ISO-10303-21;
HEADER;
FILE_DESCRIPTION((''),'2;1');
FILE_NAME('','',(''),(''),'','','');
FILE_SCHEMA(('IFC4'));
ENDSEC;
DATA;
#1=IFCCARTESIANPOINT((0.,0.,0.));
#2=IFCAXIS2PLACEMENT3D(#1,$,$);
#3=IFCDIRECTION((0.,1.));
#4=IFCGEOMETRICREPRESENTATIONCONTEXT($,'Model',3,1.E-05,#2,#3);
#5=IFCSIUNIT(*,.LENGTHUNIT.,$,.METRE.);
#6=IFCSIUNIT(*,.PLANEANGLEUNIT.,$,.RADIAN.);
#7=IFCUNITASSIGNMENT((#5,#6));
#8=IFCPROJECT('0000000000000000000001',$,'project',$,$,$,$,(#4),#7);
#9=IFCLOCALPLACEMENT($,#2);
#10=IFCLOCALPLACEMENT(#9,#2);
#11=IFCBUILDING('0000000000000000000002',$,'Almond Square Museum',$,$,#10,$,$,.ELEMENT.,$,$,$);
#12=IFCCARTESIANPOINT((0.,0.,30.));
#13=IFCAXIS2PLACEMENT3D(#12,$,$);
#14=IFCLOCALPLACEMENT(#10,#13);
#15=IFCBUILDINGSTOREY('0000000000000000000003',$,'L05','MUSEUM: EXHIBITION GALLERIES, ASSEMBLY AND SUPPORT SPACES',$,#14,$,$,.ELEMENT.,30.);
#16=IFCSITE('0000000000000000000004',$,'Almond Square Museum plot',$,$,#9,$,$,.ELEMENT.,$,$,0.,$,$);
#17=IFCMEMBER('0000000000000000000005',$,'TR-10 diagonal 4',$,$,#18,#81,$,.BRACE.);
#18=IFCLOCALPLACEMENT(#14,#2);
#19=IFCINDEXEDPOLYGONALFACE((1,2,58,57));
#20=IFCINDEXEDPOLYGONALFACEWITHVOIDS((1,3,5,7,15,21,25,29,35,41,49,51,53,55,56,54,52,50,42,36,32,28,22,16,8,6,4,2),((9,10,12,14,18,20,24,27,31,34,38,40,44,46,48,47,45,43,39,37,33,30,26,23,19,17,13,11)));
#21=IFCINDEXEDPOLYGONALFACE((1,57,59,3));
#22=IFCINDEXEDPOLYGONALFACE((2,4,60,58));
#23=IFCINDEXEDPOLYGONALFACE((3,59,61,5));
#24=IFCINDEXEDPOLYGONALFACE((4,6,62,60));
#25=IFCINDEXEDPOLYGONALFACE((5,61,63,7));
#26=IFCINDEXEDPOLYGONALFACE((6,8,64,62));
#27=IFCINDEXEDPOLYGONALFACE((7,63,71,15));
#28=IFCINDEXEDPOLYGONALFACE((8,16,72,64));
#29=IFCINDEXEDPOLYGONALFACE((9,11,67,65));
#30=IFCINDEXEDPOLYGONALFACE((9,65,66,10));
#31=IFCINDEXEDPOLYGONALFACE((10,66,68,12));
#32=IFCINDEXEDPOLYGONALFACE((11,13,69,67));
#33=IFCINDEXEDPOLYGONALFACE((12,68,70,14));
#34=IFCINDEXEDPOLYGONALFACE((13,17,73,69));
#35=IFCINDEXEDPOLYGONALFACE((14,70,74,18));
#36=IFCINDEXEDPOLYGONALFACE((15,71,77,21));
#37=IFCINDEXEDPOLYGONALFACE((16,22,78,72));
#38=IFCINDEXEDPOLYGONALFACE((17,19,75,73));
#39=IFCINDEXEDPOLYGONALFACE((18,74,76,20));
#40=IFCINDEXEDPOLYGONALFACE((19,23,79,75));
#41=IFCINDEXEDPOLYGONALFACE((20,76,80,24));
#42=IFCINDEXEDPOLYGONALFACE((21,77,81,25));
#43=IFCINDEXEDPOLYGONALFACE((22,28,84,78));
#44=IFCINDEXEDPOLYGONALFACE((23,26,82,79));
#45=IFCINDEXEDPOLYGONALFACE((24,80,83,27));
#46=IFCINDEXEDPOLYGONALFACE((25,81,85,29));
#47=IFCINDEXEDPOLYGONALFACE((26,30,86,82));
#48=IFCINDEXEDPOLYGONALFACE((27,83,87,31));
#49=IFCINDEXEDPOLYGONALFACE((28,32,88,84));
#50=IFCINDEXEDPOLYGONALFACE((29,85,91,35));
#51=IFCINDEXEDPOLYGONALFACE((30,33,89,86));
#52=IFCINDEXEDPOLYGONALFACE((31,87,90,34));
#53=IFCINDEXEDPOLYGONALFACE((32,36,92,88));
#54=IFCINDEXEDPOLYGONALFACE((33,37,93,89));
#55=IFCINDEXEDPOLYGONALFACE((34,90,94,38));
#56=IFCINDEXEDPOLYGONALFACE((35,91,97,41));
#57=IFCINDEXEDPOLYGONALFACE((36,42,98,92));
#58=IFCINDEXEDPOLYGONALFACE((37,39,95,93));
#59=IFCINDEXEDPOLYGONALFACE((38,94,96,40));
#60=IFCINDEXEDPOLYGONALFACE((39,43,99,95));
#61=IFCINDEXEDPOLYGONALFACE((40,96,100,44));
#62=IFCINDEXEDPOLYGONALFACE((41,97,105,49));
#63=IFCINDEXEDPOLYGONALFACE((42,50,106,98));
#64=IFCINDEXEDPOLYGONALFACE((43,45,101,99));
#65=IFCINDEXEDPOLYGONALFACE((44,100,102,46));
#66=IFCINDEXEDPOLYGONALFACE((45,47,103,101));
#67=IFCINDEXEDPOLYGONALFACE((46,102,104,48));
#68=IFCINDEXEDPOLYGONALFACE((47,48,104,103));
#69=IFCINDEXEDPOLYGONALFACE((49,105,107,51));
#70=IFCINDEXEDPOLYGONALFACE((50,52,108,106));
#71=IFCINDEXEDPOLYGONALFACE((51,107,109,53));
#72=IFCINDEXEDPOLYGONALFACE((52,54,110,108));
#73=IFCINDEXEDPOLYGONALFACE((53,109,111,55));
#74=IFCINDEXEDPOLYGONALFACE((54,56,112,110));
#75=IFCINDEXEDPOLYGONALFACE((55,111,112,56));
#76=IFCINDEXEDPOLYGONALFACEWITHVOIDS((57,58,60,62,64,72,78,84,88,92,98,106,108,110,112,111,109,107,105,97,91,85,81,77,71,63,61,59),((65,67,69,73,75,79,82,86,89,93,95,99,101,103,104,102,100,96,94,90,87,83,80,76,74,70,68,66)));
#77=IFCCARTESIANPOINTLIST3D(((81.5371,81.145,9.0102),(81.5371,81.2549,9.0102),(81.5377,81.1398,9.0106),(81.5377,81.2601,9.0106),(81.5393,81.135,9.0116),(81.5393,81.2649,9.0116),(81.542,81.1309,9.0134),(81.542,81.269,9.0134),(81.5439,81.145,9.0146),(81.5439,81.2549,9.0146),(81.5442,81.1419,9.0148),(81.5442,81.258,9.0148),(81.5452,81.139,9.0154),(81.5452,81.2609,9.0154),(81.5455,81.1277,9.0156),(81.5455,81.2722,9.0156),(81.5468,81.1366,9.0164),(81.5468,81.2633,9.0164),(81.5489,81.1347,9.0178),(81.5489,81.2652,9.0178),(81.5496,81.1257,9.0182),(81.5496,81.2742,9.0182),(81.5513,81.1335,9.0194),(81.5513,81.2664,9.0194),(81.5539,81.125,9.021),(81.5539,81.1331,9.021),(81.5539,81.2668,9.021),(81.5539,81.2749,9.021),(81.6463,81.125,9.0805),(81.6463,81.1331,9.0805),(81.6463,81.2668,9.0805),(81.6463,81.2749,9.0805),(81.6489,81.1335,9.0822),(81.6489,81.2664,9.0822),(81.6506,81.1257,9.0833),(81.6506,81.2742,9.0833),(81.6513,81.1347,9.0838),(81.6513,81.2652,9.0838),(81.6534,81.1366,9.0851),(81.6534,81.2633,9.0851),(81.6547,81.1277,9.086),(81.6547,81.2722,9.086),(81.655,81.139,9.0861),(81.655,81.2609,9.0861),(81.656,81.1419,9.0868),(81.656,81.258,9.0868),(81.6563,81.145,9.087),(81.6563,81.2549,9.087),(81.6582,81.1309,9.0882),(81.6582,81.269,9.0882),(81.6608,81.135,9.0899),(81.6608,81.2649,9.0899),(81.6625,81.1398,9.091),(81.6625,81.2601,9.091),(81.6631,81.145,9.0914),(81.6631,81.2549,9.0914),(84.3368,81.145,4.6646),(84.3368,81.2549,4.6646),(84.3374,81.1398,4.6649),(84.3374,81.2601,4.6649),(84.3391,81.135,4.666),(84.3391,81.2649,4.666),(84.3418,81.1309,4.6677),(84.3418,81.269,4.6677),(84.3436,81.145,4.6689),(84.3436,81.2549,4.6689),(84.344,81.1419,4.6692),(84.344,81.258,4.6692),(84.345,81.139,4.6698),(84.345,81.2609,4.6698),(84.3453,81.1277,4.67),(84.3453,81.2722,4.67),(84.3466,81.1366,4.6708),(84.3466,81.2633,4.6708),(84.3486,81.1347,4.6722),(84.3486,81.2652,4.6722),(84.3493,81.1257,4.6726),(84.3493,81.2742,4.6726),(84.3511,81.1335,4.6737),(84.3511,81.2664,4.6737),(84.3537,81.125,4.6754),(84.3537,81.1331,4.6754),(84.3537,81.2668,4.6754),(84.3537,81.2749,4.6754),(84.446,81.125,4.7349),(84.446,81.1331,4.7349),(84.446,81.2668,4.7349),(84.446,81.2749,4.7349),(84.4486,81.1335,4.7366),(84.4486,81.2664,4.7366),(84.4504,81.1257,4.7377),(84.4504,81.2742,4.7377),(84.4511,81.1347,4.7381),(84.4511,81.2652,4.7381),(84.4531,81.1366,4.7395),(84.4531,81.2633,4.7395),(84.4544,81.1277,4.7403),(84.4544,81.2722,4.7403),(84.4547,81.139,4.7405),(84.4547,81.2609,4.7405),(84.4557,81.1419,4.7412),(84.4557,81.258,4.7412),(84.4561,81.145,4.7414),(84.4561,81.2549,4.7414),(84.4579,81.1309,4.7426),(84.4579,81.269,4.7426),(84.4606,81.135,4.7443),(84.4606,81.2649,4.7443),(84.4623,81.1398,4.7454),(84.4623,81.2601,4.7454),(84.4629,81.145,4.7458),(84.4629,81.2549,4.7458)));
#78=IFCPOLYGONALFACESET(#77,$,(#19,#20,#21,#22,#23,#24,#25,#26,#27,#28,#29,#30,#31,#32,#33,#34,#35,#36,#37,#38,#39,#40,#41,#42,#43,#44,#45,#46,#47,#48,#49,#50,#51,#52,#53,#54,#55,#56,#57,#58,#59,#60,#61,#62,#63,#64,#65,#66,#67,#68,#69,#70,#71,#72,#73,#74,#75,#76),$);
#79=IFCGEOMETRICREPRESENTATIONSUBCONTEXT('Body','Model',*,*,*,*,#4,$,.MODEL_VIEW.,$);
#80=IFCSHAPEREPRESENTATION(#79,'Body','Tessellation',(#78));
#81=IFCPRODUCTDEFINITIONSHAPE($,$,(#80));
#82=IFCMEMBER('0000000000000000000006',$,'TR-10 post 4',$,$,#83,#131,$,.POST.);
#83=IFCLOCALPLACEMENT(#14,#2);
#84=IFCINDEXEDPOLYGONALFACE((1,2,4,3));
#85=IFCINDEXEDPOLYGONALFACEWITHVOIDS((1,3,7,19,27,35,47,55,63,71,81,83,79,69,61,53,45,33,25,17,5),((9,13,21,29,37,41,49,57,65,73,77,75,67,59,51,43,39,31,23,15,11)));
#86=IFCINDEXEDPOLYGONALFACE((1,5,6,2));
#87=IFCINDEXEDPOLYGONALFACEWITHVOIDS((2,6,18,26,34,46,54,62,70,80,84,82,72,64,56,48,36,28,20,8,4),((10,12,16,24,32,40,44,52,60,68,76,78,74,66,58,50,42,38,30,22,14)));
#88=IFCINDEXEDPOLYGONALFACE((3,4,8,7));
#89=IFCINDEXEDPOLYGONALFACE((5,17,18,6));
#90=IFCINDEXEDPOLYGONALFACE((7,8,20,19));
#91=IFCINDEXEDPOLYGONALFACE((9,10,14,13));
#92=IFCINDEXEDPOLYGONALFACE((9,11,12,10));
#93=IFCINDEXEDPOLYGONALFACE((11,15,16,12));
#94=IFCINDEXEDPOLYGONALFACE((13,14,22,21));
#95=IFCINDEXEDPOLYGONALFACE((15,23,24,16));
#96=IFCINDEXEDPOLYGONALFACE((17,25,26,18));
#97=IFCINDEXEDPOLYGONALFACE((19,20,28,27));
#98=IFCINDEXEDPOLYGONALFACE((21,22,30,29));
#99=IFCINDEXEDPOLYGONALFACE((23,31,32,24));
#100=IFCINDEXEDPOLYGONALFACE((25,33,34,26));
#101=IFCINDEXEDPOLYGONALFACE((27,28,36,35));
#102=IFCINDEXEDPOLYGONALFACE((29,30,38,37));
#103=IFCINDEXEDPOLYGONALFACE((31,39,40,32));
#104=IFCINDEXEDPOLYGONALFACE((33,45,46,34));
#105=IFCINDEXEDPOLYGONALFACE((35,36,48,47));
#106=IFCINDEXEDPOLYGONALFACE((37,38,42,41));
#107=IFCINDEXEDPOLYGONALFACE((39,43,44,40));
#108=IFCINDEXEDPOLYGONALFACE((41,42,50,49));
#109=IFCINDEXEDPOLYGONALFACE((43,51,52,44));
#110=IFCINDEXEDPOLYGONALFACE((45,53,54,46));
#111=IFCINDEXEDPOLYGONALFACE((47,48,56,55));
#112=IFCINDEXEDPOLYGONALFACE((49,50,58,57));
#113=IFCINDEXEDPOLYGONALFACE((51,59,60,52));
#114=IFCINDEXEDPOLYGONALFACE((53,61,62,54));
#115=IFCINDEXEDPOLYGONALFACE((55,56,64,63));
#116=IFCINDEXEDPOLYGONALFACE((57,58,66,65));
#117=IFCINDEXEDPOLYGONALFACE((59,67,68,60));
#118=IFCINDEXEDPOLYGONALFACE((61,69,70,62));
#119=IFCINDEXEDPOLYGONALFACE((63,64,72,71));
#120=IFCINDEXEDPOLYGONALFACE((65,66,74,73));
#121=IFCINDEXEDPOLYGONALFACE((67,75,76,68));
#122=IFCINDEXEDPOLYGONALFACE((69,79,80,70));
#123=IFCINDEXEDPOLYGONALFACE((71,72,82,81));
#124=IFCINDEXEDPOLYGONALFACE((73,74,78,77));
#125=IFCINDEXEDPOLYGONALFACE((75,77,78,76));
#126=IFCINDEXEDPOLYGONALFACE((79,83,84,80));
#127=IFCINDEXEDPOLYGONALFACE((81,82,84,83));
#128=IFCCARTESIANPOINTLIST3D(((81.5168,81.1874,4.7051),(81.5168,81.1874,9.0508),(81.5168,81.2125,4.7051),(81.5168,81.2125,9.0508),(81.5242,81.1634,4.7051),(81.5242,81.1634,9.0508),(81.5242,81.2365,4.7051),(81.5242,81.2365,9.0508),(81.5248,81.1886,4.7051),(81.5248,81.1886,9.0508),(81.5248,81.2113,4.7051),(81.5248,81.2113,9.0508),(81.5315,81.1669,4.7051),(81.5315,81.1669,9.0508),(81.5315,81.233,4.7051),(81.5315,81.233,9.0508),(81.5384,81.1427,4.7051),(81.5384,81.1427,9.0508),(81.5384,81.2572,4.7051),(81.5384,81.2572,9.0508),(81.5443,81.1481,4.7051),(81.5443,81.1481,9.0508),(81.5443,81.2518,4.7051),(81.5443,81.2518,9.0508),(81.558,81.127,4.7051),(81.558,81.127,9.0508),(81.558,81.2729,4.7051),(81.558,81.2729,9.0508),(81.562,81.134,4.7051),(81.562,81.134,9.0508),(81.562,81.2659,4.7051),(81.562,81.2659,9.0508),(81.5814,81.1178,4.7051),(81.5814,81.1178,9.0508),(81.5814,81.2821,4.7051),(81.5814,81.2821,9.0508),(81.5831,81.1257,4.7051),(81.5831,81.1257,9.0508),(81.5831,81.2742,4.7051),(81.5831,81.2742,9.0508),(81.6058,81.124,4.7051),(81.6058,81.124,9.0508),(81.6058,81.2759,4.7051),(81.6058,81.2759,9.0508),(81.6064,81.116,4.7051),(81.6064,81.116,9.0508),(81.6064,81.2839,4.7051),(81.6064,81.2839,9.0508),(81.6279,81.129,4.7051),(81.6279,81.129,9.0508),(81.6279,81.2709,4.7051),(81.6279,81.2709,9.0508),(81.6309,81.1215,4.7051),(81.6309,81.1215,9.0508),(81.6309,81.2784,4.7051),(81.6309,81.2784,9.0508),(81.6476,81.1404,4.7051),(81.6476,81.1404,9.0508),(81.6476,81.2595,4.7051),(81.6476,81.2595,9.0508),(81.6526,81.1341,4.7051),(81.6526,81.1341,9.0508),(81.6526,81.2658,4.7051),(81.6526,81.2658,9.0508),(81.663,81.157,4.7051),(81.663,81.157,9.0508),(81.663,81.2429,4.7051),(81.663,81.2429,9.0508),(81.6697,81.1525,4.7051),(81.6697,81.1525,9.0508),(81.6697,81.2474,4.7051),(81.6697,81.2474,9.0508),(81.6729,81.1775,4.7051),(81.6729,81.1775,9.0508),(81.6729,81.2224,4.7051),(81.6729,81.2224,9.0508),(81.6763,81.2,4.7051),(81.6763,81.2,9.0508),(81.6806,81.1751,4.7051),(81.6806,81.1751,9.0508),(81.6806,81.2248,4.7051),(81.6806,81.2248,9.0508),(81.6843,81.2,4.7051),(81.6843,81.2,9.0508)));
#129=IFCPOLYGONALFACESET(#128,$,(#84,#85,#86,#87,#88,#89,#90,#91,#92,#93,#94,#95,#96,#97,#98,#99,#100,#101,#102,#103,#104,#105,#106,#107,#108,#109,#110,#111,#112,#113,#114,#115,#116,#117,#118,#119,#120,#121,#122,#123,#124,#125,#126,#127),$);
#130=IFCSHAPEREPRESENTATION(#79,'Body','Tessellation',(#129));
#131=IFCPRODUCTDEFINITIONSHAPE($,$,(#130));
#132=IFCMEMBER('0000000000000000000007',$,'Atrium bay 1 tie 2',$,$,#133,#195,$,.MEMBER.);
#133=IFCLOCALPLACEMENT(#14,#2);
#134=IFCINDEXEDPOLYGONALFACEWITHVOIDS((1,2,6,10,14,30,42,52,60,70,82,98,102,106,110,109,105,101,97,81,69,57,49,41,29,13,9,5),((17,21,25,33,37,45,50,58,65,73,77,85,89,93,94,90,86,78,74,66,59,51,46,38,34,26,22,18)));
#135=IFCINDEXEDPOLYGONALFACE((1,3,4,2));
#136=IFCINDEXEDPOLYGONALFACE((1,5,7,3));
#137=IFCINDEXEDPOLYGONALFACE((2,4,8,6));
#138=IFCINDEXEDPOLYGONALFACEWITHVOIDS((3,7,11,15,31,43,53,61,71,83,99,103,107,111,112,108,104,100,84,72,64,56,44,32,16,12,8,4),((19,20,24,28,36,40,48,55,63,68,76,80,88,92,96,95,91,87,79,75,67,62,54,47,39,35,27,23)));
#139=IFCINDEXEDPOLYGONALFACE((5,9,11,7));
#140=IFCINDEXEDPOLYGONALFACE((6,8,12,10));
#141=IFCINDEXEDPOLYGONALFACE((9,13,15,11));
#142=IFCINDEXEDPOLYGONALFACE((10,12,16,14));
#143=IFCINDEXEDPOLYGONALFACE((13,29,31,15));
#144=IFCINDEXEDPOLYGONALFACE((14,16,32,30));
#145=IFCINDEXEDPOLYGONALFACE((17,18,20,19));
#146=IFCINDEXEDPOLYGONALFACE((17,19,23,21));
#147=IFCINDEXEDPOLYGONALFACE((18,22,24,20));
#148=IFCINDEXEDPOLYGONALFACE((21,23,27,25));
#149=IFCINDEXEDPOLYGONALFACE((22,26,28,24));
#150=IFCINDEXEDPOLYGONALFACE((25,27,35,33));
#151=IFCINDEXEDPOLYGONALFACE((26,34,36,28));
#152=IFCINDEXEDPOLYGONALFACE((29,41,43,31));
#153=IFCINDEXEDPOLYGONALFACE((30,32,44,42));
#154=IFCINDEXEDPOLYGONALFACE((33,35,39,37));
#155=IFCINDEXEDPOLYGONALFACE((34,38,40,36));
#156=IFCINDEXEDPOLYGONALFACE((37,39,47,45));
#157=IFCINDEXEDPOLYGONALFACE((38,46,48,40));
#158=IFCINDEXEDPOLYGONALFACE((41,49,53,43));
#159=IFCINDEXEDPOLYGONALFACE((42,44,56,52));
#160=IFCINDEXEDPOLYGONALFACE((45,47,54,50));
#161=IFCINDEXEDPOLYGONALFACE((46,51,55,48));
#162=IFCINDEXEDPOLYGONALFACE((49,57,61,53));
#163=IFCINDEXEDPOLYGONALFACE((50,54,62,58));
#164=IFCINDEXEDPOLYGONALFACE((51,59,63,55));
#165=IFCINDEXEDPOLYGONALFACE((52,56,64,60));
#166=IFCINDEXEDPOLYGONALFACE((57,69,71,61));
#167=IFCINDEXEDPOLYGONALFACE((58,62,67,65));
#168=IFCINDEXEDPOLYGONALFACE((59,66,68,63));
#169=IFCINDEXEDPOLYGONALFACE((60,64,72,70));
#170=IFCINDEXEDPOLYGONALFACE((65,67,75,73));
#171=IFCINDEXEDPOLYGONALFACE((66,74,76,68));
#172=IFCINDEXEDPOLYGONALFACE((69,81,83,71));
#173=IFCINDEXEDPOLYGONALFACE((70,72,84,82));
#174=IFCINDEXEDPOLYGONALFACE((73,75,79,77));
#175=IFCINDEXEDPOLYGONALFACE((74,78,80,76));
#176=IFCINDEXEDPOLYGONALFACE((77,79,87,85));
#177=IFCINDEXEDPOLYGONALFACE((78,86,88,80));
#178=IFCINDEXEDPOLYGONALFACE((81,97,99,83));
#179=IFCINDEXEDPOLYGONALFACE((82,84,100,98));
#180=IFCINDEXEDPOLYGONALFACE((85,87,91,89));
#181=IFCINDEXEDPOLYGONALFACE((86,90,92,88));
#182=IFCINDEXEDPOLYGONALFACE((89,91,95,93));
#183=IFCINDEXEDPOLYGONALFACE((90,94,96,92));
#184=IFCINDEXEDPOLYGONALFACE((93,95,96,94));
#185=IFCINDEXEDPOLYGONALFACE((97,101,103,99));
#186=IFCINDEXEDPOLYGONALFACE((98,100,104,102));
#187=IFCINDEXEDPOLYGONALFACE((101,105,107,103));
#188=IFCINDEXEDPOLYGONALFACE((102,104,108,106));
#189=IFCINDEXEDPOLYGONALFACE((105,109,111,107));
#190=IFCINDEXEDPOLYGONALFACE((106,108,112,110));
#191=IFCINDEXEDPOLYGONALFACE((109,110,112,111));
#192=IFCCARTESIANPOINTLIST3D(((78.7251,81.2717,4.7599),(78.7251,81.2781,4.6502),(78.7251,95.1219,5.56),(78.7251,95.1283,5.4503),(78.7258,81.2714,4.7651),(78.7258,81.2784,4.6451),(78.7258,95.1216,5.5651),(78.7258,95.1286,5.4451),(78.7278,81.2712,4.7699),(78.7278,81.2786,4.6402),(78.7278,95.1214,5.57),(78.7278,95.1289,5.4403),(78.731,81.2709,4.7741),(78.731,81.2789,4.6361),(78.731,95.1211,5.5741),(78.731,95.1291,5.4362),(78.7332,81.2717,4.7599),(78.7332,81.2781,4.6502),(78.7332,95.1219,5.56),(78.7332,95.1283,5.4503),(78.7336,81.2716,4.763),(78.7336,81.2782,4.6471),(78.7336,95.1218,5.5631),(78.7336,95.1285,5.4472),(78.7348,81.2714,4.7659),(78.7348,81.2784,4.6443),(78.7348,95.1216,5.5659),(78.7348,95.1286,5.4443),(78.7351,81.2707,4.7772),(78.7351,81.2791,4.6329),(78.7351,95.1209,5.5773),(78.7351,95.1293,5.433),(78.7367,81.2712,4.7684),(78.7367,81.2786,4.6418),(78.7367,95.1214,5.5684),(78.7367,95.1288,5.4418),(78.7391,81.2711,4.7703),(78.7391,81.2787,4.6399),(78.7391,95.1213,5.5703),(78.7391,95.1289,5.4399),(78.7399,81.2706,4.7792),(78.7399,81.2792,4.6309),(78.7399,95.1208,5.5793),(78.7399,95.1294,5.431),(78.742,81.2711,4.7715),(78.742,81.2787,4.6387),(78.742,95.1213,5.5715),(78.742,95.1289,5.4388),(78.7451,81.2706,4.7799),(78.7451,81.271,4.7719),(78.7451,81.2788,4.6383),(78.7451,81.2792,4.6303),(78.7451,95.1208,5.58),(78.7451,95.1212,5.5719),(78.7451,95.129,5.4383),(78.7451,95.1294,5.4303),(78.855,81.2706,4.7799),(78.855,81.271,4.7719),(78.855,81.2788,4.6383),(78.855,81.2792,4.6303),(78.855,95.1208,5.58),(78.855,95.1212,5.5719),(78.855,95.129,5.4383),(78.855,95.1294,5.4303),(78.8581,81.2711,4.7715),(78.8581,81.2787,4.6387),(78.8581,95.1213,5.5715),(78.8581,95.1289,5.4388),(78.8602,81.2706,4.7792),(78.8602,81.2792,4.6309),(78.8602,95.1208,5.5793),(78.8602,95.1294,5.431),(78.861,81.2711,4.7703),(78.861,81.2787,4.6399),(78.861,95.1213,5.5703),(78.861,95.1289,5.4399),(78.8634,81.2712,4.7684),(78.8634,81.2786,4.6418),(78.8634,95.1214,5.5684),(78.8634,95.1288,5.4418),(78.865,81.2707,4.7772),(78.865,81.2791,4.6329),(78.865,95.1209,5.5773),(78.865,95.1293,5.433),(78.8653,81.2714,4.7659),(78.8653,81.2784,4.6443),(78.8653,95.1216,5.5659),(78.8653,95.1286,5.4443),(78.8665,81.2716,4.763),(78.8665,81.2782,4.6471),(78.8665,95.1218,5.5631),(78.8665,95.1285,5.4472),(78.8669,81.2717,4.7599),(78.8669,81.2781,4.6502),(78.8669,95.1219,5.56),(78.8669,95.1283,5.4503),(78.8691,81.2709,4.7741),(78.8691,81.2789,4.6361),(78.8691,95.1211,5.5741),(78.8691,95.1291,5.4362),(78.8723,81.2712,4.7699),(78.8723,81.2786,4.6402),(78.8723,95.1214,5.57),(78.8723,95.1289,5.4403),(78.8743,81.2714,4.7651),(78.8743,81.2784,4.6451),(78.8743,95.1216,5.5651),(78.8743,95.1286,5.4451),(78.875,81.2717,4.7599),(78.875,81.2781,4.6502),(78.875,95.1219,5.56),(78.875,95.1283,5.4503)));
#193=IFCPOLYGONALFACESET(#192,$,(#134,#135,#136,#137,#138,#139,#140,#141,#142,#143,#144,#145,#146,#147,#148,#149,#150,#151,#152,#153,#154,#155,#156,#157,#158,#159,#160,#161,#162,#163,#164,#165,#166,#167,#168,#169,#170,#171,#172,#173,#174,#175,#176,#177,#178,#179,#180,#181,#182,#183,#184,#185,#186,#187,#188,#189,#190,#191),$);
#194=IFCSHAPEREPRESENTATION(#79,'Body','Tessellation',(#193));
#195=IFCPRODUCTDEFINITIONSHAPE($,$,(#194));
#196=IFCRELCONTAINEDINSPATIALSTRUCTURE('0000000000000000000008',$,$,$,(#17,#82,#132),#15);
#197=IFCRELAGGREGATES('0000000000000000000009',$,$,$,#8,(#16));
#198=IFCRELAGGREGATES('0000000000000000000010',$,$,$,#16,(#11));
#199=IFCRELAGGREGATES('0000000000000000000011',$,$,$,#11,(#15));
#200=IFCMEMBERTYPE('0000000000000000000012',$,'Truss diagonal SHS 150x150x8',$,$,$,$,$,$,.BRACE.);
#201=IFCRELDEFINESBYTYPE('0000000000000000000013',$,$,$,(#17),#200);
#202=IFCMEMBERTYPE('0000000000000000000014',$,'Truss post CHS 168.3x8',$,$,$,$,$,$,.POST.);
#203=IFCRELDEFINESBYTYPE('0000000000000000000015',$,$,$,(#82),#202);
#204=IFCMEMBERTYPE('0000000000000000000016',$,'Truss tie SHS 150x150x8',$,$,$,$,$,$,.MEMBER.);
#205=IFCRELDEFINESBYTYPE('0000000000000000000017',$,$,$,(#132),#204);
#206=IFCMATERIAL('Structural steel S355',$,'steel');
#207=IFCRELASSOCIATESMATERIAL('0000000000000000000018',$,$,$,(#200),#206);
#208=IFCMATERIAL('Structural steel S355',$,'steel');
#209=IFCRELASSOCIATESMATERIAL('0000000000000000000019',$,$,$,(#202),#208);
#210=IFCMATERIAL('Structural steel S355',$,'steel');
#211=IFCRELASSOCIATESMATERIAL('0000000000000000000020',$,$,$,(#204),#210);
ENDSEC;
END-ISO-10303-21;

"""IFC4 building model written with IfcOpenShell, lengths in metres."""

from ifc_helpers import new_model, si_unit, direction, frame, origin, origin_2d, place, context, subcontext, project, spatial, hollow_rectangle, hollow_circle, extrude, material, material_profile, profile_set, type_object, element, save


model = new_model("IFC4")

# Units and contexts
model_context = context("Model", 3, precision=1e-05, world=origin(), true_north=direction((0.0, 1.0)))
body_context = subcontext(model_context, "Body", "Model", "MODEL_VIEW")
ifc_project = project(units=[si_unit("LENGTHUNIT", "METRE"), si_unit("PLANEANGLEUNIT", "RADIAN")], contexts=[model_context])

# Site, building, storey
site_placement = place(None, origin())
site = spatial("IfcSite", under=ifc_project, at=site_placement, Name="Almond Square Museum plot", CompositionType="ELEMENT", RefElevation=0.0)
building_placement = place(site_placement, origin())
building = spatial("IfcBuilding", under=site, at=building_placement, Name="Almond Square Museum", CompositionType="ELEMENT")
storey_placement = place(building_placement, frame((0.0, 0.0, 30.0)))
storey = spatial("IfcBuildingStorey", under=building, at=storey_placement, Name="L05", Description="MUSEUM: EXHIBITION GALLERIES, ASSEMBLY AND SUPPORT SPACES", CompositionType="ELEMENT", Elevation=30.0)

# Members
ifc_material_1 = material(Name="Structural steel S355", Category="steel")
ifc_material_profile_1 = material_profile(ifc_material_1, hollow_rectangle(XDim=0.1499, YDim=0.1499, WallThickness=0.0081, InnerFilletRadius=0.012, OuterFilletRadius=0.02, at=origin_2d()))
ifc_profile_set_1 = profile_set([ifc_material_profile_1], Name="Structural steel S355")
member_type_1 = type_object("IfcMemberType", Name="Truss diagonal SHS 150x150x8", PredefinedType="BRACE", material=ifc_profile_set_1)
member_1_placement = place(storey_placement, frame((81.6001, 81.2, 9.0508), z_axis=(0.541598, 0.0, -0.840638), x_axis=(0.0, 1.0, 0.0)))
element("IfcMember", 1, at=member_1_placement, inside=storey, type_object=member_type_1, Name="TR-10 diagonal 4", PredefinedType="BRACE", context=body_context, shape_type="SweptSolid", body=[
    extrude(hollow_rectangle(XDim=0.1499, YDim=0.1499, WallThickness=0.0081, InnerFilletRadius=0.012, OuterFilletRadius=0.02, at=origin_2d()), origin(), (0.0, 0.0, 1.0), 5.1694),
])
ifc_material_2 = material(Name="Structural steel S355", Category="steel")
ifc_material_profile_2 = material_profile(ifc_material_2, hollow_circle(Radius=0.0842, WallThickness=0.0081, at=origin_2d()))
ifc_profile_set_2 = profile_set([ifc_material_profile_2], Name="Structural steel S355")
member_type_2 = type_object("IfcMemberType", Name="Truss post CHS 168.3x8", PredefinedType="POST", material=ifc_profile_set_2)
member_2_placement = place(storey_placement, frame((81.6001, 81.2, 4.7051), z_axis=(0.0, 0.0, 1.0), x_axis=(1.0, 0.0, 0.0)))
element("IfcMember", 2, at=member_2_placement, inside=storey, type_object=member_type_2, Name="TR-10 post 4", PredefinedType="POST", context=body_context, shape_type="SweptSolid", body=[
    extrude(hollow_circle(Radius=0.0842, WallThickness=0.0081, at=origin_2d()), origin(), (0.0, 0.0, 1.0), 4.3457),
])
ifc_material_3 = material(Name="Structural steel S355", Category="steel")
ifc_material_profile_3 = material_profile(ifc_material_3, hollow_rectangle(XDim=0.1499, YDim=0.1499, WallThickness=0.0081, InnerFilletRadius=0.012, OuterFilletRadius=0.02, at=origin_2d()))
ifc_profile_set_3 = profile_set([ifc_material_profile_3], Name="Structural steel S355")
member_type_3 = type_object("IfcMemberType", Name="Truss tie SHS 150x150x8", PredefinedType="MEMBER", material=ifc_profile_set_3)
member_3_placement = place(storey_placement, frame((78.8, 81.2749, 4.7051), z_axis=(0.0, 0.998336, 0.057669), x_axis=(-1.0, 0.0, 0.0)))
element("IfcMember", 3, at=member_3_placement, inside=storey, type_object=member_type_3, Name="Atrium bay 1 tie 2", PredefinedType="MEMBER", context=body_context, shape_type="SweptSolid", body=[
    extrude(hollow_rectangle(XDim=0.1499, YDim=0.1499, WallThickness=0.0081, InnerFilletRadius=0.012, OuterFilletRadius=0.02, at=origin_2d()), origin(), (0.0, 0.0, 1.0), 13.8733),
])

save(model, "model.ifc")
